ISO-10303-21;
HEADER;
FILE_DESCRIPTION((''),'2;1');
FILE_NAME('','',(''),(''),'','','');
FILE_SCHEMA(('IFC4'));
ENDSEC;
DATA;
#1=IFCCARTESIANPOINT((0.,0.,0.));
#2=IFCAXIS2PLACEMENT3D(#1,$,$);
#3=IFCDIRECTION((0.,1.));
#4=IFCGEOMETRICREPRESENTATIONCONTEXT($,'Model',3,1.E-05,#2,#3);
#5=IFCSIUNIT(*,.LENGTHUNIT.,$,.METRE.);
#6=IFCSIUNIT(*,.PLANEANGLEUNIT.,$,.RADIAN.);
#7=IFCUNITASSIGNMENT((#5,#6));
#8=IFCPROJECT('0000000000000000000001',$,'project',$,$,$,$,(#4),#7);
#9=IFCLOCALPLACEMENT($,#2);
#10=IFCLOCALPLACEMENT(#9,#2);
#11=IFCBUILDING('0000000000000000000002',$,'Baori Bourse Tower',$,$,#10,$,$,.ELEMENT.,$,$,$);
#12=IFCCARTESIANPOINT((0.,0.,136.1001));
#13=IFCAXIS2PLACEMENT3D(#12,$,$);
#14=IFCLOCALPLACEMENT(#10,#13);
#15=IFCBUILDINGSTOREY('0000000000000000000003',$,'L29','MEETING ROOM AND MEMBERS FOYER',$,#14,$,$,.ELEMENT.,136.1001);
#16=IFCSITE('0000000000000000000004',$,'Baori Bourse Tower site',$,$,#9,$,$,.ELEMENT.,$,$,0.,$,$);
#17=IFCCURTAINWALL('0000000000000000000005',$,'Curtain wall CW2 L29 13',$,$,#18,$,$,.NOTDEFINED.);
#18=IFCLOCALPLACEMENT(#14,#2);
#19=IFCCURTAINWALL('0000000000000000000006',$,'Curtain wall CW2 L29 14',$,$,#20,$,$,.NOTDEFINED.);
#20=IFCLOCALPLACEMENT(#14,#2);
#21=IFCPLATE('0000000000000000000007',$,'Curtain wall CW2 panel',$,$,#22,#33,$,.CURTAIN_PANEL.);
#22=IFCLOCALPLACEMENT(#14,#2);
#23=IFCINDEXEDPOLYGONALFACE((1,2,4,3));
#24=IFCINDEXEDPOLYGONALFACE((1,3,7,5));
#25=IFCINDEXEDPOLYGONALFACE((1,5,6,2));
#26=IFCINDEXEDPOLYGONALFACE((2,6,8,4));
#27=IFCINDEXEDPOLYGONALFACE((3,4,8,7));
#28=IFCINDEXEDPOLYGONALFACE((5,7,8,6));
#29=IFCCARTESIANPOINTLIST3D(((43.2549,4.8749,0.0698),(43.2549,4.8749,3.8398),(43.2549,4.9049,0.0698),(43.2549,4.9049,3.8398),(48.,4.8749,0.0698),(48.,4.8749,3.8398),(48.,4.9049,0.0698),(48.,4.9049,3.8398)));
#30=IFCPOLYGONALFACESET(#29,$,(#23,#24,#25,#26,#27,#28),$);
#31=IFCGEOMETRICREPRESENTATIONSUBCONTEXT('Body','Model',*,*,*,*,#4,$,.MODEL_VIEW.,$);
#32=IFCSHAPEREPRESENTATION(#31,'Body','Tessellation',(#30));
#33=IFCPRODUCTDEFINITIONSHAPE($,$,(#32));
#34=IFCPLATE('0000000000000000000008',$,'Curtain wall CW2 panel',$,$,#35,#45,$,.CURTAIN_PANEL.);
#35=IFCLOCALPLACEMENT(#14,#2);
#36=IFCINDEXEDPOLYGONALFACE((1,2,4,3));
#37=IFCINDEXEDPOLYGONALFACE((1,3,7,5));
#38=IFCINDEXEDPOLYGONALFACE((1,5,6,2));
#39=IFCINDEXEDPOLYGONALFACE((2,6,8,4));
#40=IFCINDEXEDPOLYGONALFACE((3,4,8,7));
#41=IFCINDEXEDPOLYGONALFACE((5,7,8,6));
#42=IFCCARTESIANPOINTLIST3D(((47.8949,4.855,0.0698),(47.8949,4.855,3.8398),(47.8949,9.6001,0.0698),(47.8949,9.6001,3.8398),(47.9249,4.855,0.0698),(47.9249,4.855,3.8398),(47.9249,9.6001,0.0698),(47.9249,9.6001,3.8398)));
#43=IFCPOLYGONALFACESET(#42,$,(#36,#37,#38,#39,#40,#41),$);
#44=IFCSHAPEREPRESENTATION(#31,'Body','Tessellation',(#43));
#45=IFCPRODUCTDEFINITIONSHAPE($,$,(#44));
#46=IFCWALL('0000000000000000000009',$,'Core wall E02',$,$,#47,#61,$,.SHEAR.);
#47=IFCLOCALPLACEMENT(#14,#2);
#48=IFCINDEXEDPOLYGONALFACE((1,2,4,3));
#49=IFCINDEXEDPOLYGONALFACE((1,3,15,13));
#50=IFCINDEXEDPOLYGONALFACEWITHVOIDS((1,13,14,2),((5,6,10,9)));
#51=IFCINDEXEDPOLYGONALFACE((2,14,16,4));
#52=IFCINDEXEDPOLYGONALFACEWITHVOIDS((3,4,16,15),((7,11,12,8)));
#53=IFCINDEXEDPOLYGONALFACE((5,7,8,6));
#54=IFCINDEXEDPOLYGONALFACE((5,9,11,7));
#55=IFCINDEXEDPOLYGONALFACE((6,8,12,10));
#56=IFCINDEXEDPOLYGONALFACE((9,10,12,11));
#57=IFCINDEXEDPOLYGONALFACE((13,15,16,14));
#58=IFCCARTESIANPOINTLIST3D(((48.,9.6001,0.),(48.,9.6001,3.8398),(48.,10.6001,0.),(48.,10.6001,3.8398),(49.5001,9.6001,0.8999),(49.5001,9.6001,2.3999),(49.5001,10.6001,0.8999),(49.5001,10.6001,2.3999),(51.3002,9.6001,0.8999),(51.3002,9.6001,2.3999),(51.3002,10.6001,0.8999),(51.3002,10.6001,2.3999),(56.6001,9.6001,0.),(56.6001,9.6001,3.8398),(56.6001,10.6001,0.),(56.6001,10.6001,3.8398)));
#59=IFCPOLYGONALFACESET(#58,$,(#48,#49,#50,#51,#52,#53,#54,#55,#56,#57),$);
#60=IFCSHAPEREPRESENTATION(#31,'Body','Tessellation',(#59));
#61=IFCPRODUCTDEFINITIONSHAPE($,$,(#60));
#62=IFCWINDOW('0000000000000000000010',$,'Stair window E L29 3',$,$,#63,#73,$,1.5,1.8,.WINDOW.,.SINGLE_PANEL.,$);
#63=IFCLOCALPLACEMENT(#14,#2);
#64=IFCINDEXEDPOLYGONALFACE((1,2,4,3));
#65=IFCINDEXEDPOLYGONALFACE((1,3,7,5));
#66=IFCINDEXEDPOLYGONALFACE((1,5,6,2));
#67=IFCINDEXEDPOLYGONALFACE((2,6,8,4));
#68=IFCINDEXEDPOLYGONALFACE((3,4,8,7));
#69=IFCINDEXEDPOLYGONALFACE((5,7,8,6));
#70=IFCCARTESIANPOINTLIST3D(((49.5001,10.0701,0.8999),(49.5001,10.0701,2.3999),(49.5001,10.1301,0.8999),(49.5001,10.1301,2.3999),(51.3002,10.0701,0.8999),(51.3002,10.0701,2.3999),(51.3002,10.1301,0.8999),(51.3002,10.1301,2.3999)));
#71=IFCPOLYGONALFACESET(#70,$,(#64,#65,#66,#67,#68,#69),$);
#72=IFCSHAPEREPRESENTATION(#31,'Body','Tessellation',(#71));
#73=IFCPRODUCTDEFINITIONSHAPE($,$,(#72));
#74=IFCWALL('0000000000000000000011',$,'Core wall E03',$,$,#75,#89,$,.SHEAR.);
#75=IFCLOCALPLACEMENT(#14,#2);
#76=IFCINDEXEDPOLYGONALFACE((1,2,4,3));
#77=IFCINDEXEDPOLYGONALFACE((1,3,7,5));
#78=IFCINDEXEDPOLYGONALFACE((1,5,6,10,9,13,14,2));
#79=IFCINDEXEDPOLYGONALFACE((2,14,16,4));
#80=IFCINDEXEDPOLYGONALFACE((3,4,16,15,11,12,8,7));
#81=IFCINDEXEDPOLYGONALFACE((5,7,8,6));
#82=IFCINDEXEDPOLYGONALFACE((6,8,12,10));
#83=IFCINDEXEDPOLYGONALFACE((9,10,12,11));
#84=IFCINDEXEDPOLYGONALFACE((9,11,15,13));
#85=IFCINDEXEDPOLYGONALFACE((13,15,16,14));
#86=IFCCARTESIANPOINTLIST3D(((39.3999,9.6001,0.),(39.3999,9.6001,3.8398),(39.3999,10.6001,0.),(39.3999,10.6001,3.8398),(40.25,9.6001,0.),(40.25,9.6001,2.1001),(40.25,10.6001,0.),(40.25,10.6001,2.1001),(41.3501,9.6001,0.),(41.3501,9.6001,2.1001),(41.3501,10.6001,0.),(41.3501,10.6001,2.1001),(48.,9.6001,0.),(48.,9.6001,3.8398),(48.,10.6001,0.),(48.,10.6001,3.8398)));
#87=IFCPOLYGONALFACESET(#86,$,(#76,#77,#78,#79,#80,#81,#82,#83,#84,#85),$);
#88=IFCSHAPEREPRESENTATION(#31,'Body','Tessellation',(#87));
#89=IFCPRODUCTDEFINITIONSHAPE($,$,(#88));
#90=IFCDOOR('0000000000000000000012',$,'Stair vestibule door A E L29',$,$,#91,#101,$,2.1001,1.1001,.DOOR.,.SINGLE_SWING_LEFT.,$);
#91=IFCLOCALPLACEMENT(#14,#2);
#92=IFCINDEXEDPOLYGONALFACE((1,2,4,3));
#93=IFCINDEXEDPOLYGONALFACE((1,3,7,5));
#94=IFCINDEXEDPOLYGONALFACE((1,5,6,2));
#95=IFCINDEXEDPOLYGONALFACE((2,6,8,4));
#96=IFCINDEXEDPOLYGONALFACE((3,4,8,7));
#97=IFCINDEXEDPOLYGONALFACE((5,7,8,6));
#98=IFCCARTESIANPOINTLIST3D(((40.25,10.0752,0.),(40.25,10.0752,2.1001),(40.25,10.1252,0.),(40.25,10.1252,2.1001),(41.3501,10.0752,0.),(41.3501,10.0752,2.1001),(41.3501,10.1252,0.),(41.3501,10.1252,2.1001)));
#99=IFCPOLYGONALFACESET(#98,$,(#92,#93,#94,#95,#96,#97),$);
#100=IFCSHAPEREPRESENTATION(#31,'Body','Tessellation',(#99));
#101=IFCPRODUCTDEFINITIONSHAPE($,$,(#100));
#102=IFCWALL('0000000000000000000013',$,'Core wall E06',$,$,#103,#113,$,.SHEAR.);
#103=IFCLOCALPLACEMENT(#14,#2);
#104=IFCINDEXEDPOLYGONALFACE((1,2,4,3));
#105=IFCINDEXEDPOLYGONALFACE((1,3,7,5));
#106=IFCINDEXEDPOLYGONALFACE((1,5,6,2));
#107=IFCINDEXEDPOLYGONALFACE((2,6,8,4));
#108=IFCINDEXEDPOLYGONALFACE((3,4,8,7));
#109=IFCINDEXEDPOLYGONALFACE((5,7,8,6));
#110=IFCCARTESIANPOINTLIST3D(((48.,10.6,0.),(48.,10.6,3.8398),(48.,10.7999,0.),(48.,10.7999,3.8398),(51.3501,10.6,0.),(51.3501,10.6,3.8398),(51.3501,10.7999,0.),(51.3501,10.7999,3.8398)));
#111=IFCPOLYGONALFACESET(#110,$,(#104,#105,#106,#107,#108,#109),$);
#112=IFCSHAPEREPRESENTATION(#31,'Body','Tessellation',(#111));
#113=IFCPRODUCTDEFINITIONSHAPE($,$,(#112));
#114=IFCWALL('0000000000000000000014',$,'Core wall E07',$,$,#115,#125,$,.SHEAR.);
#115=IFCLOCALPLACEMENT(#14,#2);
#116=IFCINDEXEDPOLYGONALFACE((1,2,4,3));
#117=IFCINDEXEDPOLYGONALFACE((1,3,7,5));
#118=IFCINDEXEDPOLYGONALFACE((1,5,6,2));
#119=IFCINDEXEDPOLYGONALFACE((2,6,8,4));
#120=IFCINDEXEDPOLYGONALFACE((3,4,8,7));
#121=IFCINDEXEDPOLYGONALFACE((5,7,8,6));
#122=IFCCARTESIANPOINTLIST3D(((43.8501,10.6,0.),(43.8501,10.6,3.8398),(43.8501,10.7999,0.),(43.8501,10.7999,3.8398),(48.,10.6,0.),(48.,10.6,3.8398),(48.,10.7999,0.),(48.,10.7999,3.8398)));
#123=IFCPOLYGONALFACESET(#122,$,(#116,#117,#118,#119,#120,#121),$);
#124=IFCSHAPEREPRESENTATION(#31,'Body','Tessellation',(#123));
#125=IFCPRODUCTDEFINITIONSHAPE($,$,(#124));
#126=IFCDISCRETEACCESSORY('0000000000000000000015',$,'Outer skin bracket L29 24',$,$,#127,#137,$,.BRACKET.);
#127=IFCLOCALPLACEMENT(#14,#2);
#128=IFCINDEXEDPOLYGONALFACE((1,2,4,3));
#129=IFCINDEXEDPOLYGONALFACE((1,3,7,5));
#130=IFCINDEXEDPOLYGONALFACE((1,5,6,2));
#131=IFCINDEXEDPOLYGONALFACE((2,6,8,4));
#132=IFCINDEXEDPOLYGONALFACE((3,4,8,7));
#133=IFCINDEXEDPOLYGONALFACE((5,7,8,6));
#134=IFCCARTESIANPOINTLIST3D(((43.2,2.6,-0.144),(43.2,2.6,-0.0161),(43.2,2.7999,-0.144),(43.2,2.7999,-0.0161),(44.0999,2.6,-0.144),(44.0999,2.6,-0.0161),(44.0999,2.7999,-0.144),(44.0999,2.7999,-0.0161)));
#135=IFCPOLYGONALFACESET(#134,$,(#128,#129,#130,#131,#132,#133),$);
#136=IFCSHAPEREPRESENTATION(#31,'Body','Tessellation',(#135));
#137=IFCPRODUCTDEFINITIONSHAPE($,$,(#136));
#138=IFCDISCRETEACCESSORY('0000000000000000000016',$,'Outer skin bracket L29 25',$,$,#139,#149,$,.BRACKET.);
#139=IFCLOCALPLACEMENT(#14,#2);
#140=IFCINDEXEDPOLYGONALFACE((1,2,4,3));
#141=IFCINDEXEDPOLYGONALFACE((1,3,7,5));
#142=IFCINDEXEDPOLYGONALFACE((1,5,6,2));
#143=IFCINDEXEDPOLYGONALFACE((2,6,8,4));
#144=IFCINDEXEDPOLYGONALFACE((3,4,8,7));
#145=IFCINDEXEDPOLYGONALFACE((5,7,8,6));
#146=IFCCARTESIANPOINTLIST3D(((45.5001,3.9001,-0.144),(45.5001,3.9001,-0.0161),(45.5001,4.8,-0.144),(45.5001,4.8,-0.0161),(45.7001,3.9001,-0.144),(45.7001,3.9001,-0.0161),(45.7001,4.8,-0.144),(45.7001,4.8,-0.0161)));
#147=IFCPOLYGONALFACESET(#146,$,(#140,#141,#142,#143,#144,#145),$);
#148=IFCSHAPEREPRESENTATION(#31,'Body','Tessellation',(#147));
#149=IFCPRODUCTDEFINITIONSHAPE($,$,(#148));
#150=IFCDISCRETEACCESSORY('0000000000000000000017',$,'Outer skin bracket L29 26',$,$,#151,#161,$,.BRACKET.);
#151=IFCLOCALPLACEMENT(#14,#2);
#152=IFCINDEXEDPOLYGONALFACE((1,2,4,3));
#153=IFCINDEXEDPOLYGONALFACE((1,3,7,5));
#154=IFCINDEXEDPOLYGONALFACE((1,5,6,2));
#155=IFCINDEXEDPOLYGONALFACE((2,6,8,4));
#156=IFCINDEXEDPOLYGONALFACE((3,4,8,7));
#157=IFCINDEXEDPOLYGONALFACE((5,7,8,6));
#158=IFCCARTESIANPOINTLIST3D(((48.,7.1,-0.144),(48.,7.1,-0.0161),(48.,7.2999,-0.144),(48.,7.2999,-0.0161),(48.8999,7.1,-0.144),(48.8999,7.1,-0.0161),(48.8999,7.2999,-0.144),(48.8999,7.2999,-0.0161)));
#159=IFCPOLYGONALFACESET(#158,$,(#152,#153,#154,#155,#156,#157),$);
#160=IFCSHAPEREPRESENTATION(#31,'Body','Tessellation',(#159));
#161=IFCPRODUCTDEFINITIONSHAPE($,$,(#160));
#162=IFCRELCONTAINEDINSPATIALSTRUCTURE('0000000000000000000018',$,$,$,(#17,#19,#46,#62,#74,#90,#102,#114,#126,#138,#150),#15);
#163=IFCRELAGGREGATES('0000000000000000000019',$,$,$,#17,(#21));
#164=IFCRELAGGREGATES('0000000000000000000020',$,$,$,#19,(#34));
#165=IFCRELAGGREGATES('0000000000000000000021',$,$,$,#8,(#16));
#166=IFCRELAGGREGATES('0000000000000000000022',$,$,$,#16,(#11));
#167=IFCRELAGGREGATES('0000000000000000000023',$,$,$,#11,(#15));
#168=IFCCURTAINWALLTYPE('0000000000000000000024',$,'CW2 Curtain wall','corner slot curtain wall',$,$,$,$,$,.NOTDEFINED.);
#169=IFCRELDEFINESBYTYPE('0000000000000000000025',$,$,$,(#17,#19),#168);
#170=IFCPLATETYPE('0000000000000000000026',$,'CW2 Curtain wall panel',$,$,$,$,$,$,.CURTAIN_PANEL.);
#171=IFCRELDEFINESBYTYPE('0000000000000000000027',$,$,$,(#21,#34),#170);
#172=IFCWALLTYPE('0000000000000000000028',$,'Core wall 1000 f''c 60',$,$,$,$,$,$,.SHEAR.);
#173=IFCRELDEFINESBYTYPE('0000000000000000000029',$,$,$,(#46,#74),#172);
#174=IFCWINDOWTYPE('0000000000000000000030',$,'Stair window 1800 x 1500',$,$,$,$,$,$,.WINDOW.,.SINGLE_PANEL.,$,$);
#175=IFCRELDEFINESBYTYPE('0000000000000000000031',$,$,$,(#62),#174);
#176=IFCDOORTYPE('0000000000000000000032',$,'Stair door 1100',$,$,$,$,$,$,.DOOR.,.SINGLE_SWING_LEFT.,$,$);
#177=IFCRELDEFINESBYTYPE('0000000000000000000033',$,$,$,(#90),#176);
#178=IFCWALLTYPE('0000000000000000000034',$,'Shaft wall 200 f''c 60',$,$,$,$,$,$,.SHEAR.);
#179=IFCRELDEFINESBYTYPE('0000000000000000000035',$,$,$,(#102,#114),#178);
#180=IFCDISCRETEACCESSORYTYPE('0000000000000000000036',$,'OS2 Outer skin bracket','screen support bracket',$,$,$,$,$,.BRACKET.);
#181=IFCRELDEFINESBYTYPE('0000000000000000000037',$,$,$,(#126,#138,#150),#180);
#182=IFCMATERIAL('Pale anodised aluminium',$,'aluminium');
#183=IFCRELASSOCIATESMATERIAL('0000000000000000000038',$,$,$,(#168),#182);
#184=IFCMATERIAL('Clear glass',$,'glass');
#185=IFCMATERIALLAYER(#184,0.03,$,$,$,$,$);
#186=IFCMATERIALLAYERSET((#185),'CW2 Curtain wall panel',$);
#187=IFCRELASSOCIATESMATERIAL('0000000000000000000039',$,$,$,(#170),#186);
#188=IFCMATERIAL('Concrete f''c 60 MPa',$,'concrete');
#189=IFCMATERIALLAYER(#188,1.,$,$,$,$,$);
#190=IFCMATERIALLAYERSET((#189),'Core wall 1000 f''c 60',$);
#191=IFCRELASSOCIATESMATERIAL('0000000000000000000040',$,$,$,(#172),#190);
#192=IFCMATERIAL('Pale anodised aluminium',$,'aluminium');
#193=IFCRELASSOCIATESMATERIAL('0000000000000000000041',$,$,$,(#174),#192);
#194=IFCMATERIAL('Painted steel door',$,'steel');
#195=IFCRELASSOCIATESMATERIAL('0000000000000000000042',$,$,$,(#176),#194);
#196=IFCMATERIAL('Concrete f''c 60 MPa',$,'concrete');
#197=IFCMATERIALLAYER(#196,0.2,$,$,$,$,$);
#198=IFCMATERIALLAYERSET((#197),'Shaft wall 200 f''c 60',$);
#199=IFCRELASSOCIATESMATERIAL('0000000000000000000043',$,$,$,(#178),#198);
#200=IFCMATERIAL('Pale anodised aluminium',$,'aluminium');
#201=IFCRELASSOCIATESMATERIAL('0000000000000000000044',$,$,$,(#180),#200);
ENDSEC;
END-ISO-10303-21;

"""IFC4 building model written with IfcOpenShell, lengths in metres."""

from ifc_helpers import new_model, si_unit, direction, frame, frame_2d, origin, origin_2d, place, context, subcontext, project, spatial, rectangle, extrude, material, layer, layer_set, type_object, element, fill, aggregate, save


model = new_model("IFC4")

# Units and contexts
model_context = context("Model", 3, precision=1e-05, world=origin(), true_north=direction((0.0, 1.0)))
body_context = subcontext(model_context, "Body", "Model", "MODEL_VIEW")
ifc_project = project(units=[si_unit("LENGTHUNIT", "METRE"), si_unit("PLANEANGLEUNIT", "RADIAN")], contexts=[model_context])

# Site, building, storey
site_placement = place(None, origin())
site = spatial("IfcSite", under=ifc_project, at=site_placement, Name="Baori Bourse Tower site", CompositionType="ELEMENT", RefElevation=0.0)
building_placement = place(site_placement, origin())
building = spatial("IfcBuilding", under=site, at=building_placement, Name="Baori Bourse Tower", CompositionType="ELEMENT")
storey_placement = place(building_placement, frame((0.0, 0.0, 136.1001)))
storey = spatial("IfcBuildingStorey", under=building, at=storey_placement, Name="L29", Description="MEETING ROOM AND MEMBERS FOYER", CompositionType="ELEMENT", Elevation=136.1001)

# Curtain walls
ifc_material_1 = material(Name="Pale anodised aluminium", Category="aluminium")
curtain_wall_type = type_object("IfcCurtainWallType", Name="CW2 Curtain wall", Description="corner slot curtain wall", PredefinedType="NOTDEFINED", material=ifc_material_1)
curtain_wall_1_placement = place(storey_placement, origin())
curtain_wall_1 = element("IfcCurtainWall", 1, at=curtain_wall_1_placement, inside=storey, type_object=curtain_wall_type, Name="Curtain wall CW2 L29 13", PredefinedType="NOTDEFINED")
curtain_wall_2_placement = place(storey_placement, origin())
curtain_wall_2 = element("IfcCurtainWall", 2, at=curtain_wall_2_placement, inside=storey, type_object=curtain_wall_type, Name="Curtain wall CW2 L29 14", PredefinedType="NOTDEFINED")

# Plates
ifc_material_2 = material(Name="Clear glass", Category="glass")
ifc_layer_1 = layer(ifc_material_2, 0.03)
ifc_layer_set_1 = layer_set([ifc_layer_1], Name="CW2 Curtain wall panel")
plate_type = type_object("IfcPlateType", Name="CW2 Curtain wall panel", PredefinedType="CURTAIN_PANEL", material=ifc_layer_set_1)
plate_1_placement = place(storey_placement, frame((45.6274, 4.8899, 0.0698), z_axis=(0.0, 0.0, 1.0), x_axis=(1.0, 0.0, 0.0)))
plate_1 = element("IfcPlate", 3, at=plate_1_placement, type_object=plate_type, Name="Curtain wall CW2 panel", PredefinedType="CURTAIN_PANEL", context=body_context, shape_type="SweptSolid", body=[
    extrude(rectangle(XDim=4.7451, YDim=0.03, at=origin_2d()), origin(), (0.0, 0.0, 1.0), 3.77),
])
aggregate(curtain_wall_1, [plate_1])
plate_2_placement = place(storey_placement, frame((47.9099, 7.2275, 0.0698), z_axis=(0.0, 0.0, 1.0), x_axis=(0.0, 1.0, 0.0)))
plate_2 = element("IfcPlate", 4, at=plate_2_placement, type_object=plate_type, Name="Curtain wall CW2 panel", PredefinedType="CURTAIN_PANEL", context=body_context, shape_type="SweptSolid", body=[
    extrude(rectangle(XDim=4.7451, YDim=0.03, at=origin_2d()), origin(), (0.0, 0.0, 1.0), 3.77),
])
aggregate(curtain_wall_2, [plate_2])

# Wall, opening, window
ifc_material_3 = material(Name="Concrete f'c 60 MPa", Category="concrete")
ifc_layer_2 = layer(ifc_material_3, 1.0)
ifc_layer_set_2 = layer_set([ifc_layer_2], Name="Core wall 1000 f'c 60")
wall_type_1 = type_object("IfcWallType", Name="Core wall 1000 f'c 60", PredefinedType="SHEAR", material=ifc_layer_set_2)
wall_1_placement = place(storey_placement, frame((56.6001, 10.1001, 0.0), z_axis=(0.0, 0.0, 1.0), x_axis=(-1.0, 0.0, 0.0)))
wall_1 = element("IfcWall", 5, at=wall_1_placement, inside=storey, type_object=wall_type_1, Name="Core wall E02", PredefinedType="SHEAR", context=body_context, shape_type="SweptSolid", body=[
    extrude(rectangle(XDim=8.6001, YDim=1.0, at=frame_2d((4.3, 0.0))), origin(), (0.0, 0.0, 1.0), 3.8398),
])
opening_1_placement = place(wall_1_placement, frame((5.3, 0.0, 0.8999)))
opening_1 = element("IfcOpeningElement", 6, at=opening_1_placement, cuts=wall_1, PredefinedType="OPENING", context=body_context, shape_type="SweptSolid", body=[
    extrude(rectangle(XDim=1.8, YDim=1.5, at=frame_2d((0.8999, 0.75))), frame((0.0, 0.51, 0.0), z_axis=(0.0, -1.0, 0.0), x_axis=(1.0, 0.0, 0.0)), (0.0, 0.0, 1.0), 1.02),
])
ifc_material_4 = material(Name="Pale anodised aluminium", Category="aluminium")
window_type = type_object("IfcWindowType", Name="Stair window 1800 x 1500", PartitioningType="SINGLE_PANEL", PredefinedType="WINDOW", material=ifc_material_4)
window_placement = place(opening_1_placement, origin())
window = element("IfcWindow", 7, at=window_placement, inside=storey, type_object=window_type, Name="Stair window E L29 3", OverallHeight=1.5, OverallWidth=1.8, PartitioningType="SINGLE_PANEL", PredefinedType="WINDOW", context=body_context, shape_type="SweptSolid", body=[
    extrude(rectangle(XDim=1.8, YDim=1.5, at=frame_2d((0.8999, 0.75))), frame((0.0, 0.03, 0.0), z_axis=(0.0, -1.0, 0.0), x_axis=(1.0, 0.0, 0.0)), (0.0, 0.0, 1.0), 0.0601),
])
fill(opening_1, window)

# Wall, opening, door
wall_2_placement = place(storey_placement, frame((48.0, 10.1001, 0.0), z_axis=(0.0, 0.0, 1.0), x_axis=(-1.0, 0.0, 0.0)))
wall_2 = element("IfcWall", 8, at=wall_2_placement, inside=storey, type_object=wall_type_1, Name="Core wall E03", PredefinedType="SHEAR", context=body_context, shape_type="SweptSolid", body=[
    extrude(rectangle(XDim=8.6001, YDim=1.0, at=frame_2d((4.3, 0.0))), origin(), (0.0, 0.0, 1.0), 3.8398),
])
opening_2_placement = place(wall_2_placement, frame((6.6499, 0.0, 0.0)))
opening_2 = element("IfcOpeningElement", 9, at=opening_2_placement, cuts=wall_2, PredefinedType="OPENING", context=body_context, shape_type="SweptSolid", body=[
    extrude(rectangle(XDim=1.1001, YDim=2.1001, at=frame_2d((0.55, 1.05))), frame((0.0, 0.51, 0.0), z_axis=(0.0, -1.0, 0.0), x_axis=(1.0, 0.0, 0.0)), (0.0, 0.0, 1.0), 1.02),
])
ifc_material_5 = material(Name="Painted steel door", Category="steel")
door_type = type_object("IfcDoorType", Name="Stair door 1100", OperationType="SINGLE_SWING_LEFT", PredefinedType="DOOR", material=ifc_material_5)
door_placement = place(opening_2_placement, origin())
door = element("IfcDoor", 10, at=door_placement, inside=storey, type_object=door_type, Name="Stair vestibule door A E L29", OperationType="SINGLE_SWING_LEFT", OverallHeight=2.1001, OverallWidth=1.1001, PredefinedType="DOOR", context=body_context, shape_type="SweptSolid", body=[
    extrude(rectangle(XDim=1.1001, YDim=2.1001, at=frame_2d((0.55, 1.05))), frame((0.0, 0.0249, 0.0), z_axis=(0.0, -1.0, 0.0), x_axis=(1.0, 0.0, 0.0)), (0.0, 0.0, 1.0), 0.05),
])
fill(opening_2, door)

# Walls
ifc_material_6 = material(Name="Concrete f'c 60 MPa", Category="concrete")
ifc_layer_3 = layer(ifc_material_6, 0.2)
ifc_layer_set_3 = layer_set([ifc_layer_3], Name="Shaft wall 200 f'c 60")
wall_type_2 = type_object("IfcWallType", Name="Shaft wall 200 f'c 60", PredefinedType="SHEAR", material=ifc_layer_set_3)
wall_3_placement = place(storey_placement, frame((48.0, 10.7, 0.0), z_axis=(0.0, 0.0, 1.0), x_axis=(1.0, 0.0, 0.0)))
element("IfcWall", 11, at=wall_3_placement, inside=storey, type_object=wall_type_2, Name="Core wall E06", PredefinedType="SHEAR", context=body_context, shape_type="SweptSolid", body=[
    extrude(rectangle(XDim=3.3501, YDim=0.2, at=frame_2d((1.675, 0.0))), origin(), (0.0, 0.0, 1.0), 3.8398),
])
wall_4_placement = place(storey_placement, frame((43.8501, 10.7, 0.0), z_axis=(0.0, 0.0, 1.0), x_axis=(1.0, 0.0, 0.0)))
element("IfcWall", 12, at=wall_4_placement, inside=storey, type_object=wall_type_2, Name="Core wall E07", PredefinedType="SHEAR", context=body_context, shape_type="SweptSolid", body=[
    extrude(rectangle(XDim=4.1499, YDim=0.2, at=frame_2d((2.075, 0.0))), origin(), (0.0, 0.0, 1.0), 3.8398),
])

# Discrete accessories
ifc_material_7 = material(Name="Pale anodised aluminium", Category="aluminium")
discrete_accessory_type = type_object("IfcDiscreteAccessoryType", Name="OS2 Outer skin bracket", Description="screen support bracket", PredefinedType="BRACKET", material=ifc_material_7)
for number, where, z_axis, x_axis, name in (
    (13, (43.6499, 2.7, -0.144), (0.0, 0.0, 1.0), (0.0, 1.0, 0.0), "Outer skin bracket L29 24"),
    (14, (45.6001, 4.3501, -0.144), (0.0, 0.0, 1.0), (1.0, 0.0, 0.0), "Outer skin bracket L29 25"),
    (15, (48.45, 7.2, -0.144), (0.0, 0.0, 1.0), (0.0, 1.0, 0.0), "Outer skin bracket L29 26"),
):
    element("IfcDiscreteAccessory", number, at=place(storey_placement, frame(where, z_axis=z_axis, x_axis=x_axis)), inside=storey, type_object=discrete_accessory_type, Name=name, PredefinedType="BRACKET", context=body_context, shape_type="SweptSolid", body=[
        extrude(rectangle(XDim=0.2, YDim=0.8999, at=origin_2d()), origin(), (0.0, 0.0, 1.0), 0.1279),
    ])

save(model, "model.ifc")
